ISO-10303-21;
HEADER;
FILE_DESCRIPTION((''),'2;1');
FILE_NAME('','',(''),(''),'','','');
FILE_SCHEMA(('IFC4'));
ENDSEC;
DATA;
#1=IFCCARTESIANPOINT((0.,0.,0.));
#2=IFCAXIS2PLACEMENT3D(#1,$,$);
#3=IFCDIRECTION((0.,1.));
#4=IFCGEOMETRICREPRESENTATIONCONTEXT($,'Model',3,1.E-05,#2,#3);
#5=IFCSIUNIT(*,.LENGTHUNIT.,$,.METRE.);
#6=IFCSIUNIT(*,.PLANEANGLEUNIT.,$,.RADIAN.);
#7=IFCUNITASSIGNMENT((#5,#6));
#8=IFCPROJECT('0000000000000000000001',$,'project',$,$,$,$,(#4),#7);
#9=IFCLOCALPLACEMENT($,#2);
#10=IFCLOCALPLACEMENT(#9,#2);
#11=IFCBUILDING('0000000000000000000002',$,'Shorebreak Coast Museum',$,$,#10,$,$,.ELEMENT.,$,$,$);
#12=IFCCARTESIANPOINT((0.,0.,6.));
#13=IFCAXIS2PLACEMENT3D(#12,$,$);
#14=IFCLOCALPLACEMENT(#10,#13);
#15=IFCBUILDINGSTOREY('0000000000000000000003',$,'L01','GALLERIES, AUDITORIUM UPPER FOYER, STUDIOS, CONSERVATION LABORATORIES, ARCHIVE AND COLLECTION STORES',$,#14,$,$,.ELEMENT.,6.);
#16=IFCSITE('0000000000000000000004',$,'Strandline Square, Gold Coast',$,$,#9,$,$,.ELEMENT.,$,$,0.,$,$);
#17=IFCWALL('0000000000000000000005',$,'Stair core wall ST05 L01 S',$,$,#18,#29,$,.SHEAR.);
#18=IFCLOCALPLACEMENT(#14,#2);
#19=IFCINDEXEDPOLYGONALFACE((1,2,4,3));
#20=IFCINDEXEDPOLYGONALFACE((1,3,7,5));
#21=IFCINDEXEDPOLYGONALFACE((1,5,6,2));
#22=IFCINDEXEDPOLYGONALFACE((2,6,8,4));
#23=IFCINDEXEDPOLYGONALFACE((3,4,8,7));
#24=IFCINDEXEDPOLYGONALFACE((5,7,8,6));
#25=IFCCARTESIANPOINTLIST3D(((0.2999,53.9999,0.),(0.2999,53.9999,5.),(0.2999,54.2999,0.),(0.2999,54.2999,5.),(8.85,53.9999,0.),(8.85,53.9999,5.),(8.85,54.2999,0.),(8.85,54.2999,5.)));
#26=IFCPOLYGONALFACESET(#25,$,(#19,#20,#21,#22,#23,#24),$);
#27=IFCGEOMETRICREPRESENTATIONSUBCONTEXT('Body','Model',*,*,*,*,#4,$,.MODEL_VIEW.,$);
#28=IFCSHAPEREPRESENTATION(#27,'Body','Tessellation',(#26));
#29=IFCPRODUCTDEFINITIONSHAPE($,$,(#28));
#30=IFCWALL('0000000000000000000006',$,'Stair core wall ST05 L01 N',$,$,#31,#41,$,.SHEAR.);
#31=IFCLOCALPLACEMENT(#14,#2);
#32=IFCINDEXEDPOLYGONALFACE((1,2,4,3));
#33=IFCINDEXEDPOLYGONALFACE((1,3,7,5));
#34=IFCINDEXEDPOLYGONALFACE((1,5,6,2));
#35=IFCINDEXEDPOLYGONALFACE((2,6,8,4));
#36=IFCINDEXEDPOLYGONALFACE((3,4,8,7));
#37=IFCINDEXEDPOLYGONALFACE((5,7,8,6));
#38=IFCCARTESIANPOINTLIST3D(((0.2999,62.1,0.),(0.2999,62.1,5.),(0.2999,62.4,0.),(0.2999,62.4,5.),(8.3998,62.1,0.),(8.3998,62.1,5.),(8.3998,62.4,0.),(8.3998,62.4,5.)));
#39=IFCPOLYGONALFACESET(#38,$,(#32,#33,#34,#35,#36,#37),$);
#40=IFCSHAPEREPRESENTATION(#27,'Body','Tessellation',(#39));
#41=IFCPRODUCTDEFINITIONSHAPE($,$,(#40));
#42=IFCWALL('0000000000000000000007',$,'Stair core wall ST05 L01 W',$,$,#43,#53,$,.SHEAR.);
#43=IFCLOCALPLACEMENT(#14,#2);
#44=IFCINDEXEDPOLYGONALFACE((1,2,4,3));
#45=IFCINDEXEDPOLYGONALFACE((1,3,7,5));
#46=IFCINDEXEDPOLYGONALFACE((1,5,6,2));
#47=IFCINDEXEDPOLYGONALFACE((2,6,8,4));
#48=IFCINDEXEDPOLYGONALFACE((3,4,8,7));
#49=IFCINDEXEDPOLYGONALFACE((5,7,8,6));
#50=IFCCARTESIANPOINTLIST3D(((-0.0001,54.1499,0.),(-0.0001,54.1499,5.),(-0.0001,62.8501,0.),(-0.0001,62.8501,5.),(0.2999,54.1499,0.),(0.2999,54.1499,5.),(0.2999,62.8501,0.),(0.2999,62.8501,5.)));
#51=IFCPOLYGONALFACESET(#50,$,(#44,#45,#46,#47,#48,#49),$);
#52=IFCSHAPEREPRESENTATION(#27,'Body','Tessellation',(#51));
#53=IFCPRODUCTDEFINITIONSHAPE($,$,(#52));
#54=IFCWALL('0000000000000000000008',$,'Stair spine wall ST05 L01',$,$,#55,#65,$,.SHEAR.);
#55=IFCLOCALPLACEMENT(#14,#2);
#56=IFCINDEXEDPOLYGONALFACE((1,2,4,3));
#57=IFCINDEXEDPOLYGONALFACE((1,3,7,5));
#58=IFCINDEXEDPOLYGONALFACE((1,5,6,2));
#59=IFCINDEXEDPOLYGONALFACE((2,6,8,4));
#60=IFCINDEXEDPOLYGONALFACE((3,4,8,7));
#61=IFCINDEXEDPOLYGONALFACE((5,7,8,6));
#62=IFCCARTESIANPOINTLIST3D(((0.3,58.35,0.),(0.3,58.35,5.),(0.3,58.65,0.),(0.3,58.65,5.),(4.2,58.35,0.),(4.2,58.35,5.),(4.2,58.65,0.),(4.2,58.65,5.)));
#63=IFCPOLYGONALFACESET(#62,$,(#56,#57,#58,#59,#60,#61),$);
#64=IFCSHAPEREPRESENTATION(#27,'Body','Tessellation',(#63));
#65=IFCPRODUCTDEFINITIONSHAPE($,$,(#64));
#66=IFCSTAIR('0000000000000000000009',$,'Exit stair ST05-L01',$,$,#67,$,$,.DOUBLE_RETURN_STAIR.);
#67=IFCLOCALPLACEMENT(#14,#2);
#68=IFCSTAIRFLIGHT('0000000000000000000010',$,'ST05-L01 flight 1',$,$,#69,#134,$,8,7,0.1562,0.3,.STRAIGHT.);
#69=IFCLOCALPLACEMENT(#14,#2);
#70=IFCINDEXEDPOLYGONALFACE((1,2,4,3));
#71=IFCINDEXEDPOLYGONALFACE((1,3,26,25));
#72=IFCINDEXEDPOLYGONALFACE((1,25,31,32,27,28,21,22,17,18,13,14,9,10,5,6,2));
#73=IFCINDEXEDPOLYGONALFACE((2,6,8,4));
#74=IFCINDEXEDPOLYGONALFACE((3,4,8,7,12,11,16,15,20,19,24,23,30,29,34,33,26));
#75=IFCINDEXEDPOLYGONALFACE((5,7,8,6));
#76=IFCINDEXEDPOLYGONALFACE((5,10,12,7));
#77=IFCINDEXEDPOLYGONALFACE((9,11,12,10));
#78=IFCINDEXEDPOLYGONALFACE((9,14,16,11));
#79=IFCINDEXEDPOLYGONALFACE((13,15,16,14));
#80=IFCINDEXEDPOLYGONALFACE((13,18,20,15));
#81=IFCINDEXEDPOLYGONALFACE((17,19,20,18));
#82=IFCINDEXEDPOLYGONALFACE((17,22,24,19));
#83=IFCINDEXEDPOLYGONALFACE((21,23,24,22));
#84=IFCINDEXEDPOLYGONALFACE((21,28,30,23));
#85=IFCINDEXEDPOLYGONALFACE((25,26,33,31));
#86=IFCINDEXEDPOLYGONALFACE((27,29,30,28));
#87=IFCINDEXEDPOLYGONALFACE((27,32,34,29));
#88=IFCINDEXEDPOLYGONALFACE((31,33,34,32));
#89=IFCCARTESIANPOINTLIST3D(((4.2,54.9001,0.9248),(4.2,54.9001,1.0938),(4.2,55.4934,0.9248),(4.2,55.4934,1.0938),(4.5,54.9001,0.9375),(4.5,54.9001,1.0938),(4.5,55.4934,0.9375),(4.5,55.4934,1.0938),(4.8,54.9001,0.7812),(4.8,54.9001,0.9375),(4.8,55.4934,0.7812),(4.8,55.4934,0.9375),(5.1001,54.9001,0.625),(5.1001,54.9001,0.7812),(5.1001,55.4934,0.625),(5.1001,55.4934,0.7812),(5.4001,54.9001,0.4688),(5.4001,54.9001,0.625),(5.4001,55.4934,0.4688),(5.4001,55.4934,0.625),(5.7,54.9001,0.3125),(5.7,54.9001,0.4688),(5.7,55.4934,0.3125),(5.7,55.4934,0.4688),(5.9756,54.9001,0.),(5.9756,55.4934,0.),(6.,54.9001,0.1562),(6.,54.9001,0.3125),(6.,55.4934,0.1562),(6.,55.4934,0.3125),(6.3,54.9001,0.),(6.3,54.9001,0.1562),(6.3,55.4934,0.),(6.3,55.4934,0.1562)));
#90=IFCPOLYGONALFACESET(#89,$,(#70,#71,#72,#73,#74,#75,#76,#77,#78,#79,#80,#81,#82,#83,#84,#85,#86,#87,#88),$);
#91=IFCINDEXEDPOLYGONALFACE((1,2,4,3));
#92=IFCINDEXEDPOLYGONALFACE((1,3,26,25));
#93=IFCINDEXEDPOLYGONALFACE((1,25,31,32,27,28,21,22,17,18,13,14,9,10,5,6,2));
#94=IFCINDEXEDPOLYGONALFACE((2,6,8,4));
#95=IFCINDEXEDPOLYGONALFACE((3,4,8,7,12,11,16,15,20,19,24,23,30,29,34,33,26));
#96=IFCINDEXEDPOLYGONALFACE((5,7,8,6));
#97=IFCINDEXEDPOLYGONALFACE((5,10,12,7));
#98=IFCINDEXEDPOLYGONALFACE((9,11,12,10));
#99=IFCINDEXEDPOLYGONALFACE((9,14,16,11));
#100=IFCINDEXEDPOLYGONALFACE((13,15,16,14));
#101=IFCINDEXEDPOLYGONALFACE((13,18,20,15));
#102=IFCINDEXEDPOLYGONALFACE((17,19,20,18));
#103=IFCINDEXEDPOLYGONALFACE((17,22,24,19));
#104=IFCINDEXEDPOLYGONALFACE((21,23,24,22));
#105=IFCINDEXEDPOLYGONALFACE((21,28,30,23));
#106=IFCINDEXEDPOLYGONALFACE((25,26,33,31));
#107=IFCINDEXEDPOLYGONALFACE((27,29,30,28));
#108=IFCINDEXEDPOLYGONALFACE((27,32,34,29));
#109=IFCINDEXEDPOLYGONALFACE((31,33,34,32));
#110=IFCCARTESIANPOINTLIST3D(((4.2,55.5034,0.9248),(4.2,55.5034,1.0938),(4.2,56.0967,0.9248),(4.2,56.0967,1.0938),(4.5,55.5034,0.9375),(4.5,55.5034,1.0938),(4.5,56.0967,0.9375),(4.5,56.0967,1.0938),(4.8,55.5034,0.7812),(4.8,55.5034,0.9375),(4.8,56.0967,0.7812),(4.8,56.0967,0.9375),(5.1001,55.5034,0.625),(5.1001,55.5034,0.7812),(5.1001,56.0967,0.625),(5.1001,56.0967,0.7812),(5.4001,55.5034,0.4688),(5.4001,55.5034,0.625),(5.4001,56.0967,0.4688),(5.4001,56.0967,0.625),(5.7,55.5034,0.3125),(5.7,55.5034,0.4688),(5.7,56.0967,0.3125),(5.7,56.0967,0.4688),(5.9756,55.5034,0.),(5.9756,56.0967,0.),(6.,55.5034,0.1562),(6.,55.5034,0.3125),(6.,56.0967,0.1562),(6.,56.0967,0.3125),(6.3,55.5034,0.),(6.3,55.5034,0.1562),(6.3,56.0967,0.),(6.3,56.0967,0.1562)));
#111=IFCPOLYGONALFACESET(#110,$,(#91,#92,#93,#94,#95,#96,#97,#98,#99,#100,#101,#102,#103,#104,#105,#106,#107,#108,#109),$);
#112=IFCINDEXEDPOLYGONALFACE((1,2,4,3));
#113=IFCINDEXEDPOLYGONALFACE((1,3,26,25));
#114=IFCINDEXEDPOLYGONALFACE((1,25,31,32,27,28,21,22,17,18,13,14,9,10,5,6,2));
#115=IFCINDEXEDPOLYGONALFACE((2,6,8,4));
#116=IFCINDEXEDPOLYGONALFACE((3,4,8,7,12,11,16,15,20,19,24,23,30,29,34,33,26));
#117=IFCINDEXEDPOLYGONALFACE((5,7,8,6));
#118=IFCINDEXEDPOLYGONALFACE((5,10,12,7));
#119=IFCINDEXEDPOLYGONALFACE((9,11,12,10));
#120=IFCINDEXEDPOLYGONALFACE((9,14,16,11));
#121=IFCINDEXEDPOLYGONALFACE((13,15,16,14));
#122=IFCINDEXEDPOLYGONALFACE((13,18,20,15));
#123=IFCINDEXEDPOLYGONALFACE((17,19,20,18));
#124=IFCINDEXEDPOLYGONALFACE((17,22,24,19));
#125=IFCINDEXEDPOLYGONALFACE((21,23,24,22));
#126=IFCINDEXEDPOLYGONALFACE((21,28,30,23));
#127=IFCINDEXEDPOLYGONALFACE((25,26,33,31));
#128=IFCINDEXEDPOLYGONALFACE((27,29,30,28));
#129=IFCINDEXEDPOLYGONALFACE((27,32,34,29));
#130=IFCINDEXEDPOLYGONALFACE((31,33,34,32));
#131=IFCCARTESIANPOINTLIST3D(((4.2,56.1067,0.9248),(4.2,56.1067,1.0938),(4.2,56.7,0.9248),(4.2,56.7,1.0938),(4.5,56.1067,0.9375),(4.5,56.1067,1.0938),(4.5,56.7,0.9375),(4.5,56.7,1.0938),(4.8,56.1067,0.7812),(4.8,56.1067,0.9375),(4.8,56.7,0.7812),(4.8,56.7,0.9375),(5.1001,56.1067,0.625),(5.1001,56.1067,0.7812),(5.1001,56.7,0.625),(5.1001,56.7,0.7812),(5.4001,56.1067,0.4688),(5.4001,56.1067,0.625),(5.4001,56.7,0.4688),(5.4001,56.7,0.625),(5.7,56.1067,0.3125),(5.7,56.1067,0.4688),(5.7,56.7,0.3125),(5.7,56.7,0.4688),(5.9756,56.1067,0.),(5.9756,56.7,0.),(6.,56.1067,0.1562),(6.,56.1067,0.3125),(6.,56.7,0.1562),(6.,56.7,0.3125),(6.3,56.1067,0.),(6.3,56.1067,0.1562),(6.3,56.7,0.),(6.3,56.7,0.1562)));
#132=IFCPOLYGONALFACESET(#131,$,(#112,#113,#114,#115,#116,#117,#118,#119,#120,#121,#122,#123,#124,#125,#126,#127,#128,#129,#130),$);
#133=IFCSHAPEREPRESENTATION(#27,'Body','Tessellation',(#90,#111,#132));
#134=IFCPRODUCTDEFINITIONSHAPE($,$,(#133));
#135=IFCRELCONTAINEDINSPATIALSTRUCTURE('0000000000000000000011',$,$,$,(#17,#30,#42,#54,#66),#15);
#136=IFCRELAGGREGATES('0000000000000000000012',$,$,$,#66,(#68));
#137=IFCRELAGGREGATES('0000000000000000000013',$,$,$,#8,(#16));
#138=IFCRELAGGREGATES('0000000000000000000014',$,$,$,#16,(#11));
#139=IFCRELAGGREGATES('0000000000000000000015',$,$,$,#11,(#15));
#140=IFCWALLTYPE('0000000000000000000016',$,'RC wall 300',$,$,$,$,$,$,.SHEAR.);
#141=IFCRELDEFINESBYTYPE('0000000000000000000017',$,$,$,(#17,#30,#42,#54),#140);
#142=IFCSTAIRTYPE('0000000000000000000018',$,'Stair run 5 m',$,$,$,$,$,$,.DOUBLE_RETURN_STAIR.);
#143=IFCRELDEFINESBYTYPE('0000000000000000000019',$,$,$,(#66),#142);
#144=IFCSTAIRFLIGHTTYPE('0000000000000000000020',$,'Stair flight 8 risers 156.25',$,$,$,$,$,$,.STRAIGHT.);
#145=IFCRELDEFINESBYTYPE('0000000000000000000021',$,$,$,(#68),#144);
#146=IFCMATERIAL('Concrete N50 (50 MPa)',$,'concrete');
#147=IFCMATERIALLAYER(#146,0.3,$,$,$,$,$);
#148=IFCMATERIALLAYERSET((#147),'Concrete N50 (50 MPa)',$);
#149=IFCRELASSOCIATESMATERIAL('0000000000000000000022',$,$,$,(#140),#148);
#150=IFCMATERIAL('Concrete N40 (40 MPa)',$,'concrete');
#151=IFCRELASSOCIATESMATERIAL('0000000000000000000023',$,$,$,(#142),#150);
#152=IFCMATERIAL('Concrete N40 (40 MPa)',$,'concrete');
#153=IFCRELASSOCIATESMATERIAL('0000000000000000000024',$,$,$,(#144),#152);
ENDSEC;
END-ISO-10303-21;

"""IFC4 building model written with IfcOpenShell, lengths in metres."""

from ifc_helpers import new_model, si_unit, direction, frame, frame_2d, origin, place, context, subcontext, project, spatial, polyline, rectangle, outline, extrude, material, layer, layer_set, type_object, element, aggregate, save


model = new_model("IFC4")

# Units and contexts
model_context = context("Model", 3, precision=1e-05, world=origin(), true_north=direction((0.0, 1.0)))
body_context = subcontext(model_context, "Body", "Model", "MODEL_VIEW")
ifc_project = project(units=[si_unit("LENGTHUNIT", "METRE"), si_unit("PLANEANGLEUNIT", "RADIAN")], contexts=[model_context])

# Site, building, storey
site_placement = place(None, origin())
site = spatial("IfcSite", under=ifc_project, at=site_placement, Name="Strandline Square, Gold Coast", CompositionType="ELEMENT", RefElevation=0.0)
building_placement = place(site_placement, origin())
building = spatial("IfcBuilding", under=site, at=building_placement, Name="Shorebreak Coast Museum", CompositionType="ELEMENT")
storey_placement = place(building_placement, frame((0.0, 0.0, 6.0)))
storey = spatial("IfcBuildingStorey", under=building, at=storey_placement, Name="L01", Description="GALLERIES, AUDITORIUM UPPER FOYER, STUDIOS, CONSERVATION LABORATORIES, ARCHIVE AND COLLECTION STORES", CompositionType="ELEMENT", Elevation=6.0)

# Walls
ifc_material_1 = material(Name="Concrete N50 (50 MPa)", Category="concrete")
ifc_layer_1 = layer(ifc_material_1, 0.3)
ifc_layer_set_1 = layer_set([ifc_layer_1], Name="Concrete N50 (50 MPa)")
wall_type_1 = type_object("IfcWallType", Name="RC wall 300", PredefinedType="SHEAR", material=ifc_layer_set_1)
wall_1_placement = place(storey_placement, frame((0.3, 54.1499, 0.0), z_axis=(0.0, 0.0, 1.0), x_axis=(1.0, 0.0, 0.0)))
element("IfcWall", 1, at=wall_1_placement, inside=storey, type_object=wall_type_1, Name="Stair core wall ST05 L01 S", PredefinedType="SHEAR", context=body_context, shape_type="SweptSolid", body=[
    extrude(rectangle(XDim=8.55, YDim=0.3, at=frame_2d((4.2749, 0.0))), origin(), (0.0, 0.0, 1.0), 5.0),
])
wall_2_placement = place(storey_placement, frame((0.3, 62.25, 0.0), z_axis=(0.0, 0.0, 1.0), x_axis=(1.0, 0.0, 0.0)))
element("IfcWall", 2, at=wall_2_placement, inside=storey, type_object=wall_type_1, Name="Stair core wall ST05 L01 N", PredefinedType="SHEAR", context=body_context, shape_type="SweptSolid", body=[
    extrude(rectangle(XDim=8.0999, YDim=0.3, at=frame_2d((4.0498, 0.0))), origin(), (0.0, 0.0, 1.0), 5.0),
])
wall_3_placement = place(storey_placement, frame((0.1499, 54.1499, 0.0), z_axis=(0.0, 0.0, 1.0), x_axis=(0.0, 1.0, 0.0)))
element("IfcWall", 3, at=wall_3_placement, inside=storey, type_object=wall_type_1, Name="Stair core wall ST05 L01 W", PredefinedType="SHEAR", context=body_context, shape_type="SweptSolid", body=[
    extrude(rectangle(XDim=8.7002, YDim=0.3, at=frame_2d((4.3501, 0.0))), origin(), (0.0, 0.0, 1.0), 5.0),
])
wall_4_placement = place(storey_placement, frame((4.2, 58.5, 0.0), z_axis=(0.0, 0.0, 1.0), x_axis=(-1.0, 0.0, 0.0)))
element("IfcWall", 4, at=wall_4_placement, inside=storey, type_object=wall_type_1, Name="Stair spine wall ST05 L01", PredefinedType="SHEAR", context=body_context, shape_type="SweptSolid", body=[
    extrude(rectangle(XDim=3.8999, YDim=0.3, at=frame_2d((1.95, 0.0))), origin(), (0.0, 0.0, 1.0), 5.0),
])

# Stair, stair flight
ifc_material_2 = material(Name="Concrete N40 (40 MPa)", Category="concrete")
stair_type = type_object("IfcStairType", Name="Stair run 5 m", PredefinedType="DOUBLE_RETURN_STAIR", material=ifc_material_2)
stair_placement = place(storey_placement, origin())
stair = element("IfcStair", 5, at=stair_placement, inside=storey, type_object=stair_type, Name="Exit stair ST05-L01", PredefinedType="DOUBLE_RETURN_STAIR")
ifc_material_3 = material(Name="Concrete N40 (40 MPa)", Category="concrete")
stair_flight_type = type_object("IfcStairFlightType", Name="Stair flight 8 risers 156.25", PredefinedType="STRAIGHT", material=ifc_material_3)
stair_flight_1_placement = place(storey_placement, frame((6.3, 55.8, 0.0), z_axis=(0.0, 0.0, 1.0), x_axis=(-1.0, 0.0, 0.0)))
stair_flight_1 = element("IfcStairFlight", 6, at=stair_flight_1_placement, type_object=stair_flight_type, Name="ST05-L01 flight 1", NumberOfRisers=8, NumberOfTreads=7, PredefinedType="STRAIGHT", RiserHeight=0.1562, TreadLength=0.3, context=body_context, shape_type="SweptSolid", body=[
    extrude(outline(polyline([(0.0, 0.0), (0.0, 0.1562), (0.3, 0.1562), (0.3, 0.3125), (0.6001, 0.3125), (0.6001, 0.4688), (0.8999, 0.4688), (0.8999, 0.625), (1.2, 0.625), (1.2, 0.7812), (1.5, 0.7812), (1.5, 0.9375), (1.8, 0.9375), (1.8, 1.0938), (2.1001, 1.0938), (2.1001, 1.25), (2.1001, 0.9248), (0.3245, 0.0), (0.0, 0.0)])), frame((0.0, 0.8999, 0.0), z_axis=(0.0, -1.0, 0.0), x_axis=(1.0, 0.0, 0.0)), (0.0, 0.0, 1.0), 0.5933),
    extrude(outline(polyline([(0.0, 0.0), (0.0, 0.1562), (0.3, 0.1562), (0.3, 0.3125), (0.6001, 0.3125), (0.6001, 0.4688), (0.8999, 0.4688), (0.8999, 0.625), (1.2, 0.625), (1.2, 0.7812), (1.5, 0.7812), (1.5, 0.9375), (1.8, 0.9375), (1.8, 1.0938), (2.1001, 1.0938), (2.1001, 1.25), (2.1001, 0.9248), (0.3245, 0.0), (0.0, 0.0)])), frame((0.0, 0.2966, 0.0), z_axis=(0.0, -1.0, 0.0), x_axis=(1.0, 0.0, 0.0)), (0.0, 0.0, 1.0), 0.5933),
    extrude(outline(polyline([(0.0, 0.0), (0.0, 0.1562), (0.3, 0.1562), (0.3, 0.3125), (0.6001, 0.3125), (0.6001, 0.4688), (0.8999, 0.4688), (0.8999, 0.625), (1.2, 0.625), (1.2, 0.7812), (1.5, 0.7812), (1.5, 0.9375), (1.8, 0.9375), (1.8, 1.0938), (2.1001, 1.0938), (2.1001, 1.25), (2.1001, 0.9248), (0.3245, 0.0), (0.0, 0.0)])), frame((0.0, -0.3066, 0.0), z_axis=(0.0, -1.0, 0.0), x_axis=(1.0, 0.0, 0.0)), (0.0, 0.0, 1.0), 0.5933),
])
aggregate(stair, [stair_flight_1])

save(model, "model.ifc")
